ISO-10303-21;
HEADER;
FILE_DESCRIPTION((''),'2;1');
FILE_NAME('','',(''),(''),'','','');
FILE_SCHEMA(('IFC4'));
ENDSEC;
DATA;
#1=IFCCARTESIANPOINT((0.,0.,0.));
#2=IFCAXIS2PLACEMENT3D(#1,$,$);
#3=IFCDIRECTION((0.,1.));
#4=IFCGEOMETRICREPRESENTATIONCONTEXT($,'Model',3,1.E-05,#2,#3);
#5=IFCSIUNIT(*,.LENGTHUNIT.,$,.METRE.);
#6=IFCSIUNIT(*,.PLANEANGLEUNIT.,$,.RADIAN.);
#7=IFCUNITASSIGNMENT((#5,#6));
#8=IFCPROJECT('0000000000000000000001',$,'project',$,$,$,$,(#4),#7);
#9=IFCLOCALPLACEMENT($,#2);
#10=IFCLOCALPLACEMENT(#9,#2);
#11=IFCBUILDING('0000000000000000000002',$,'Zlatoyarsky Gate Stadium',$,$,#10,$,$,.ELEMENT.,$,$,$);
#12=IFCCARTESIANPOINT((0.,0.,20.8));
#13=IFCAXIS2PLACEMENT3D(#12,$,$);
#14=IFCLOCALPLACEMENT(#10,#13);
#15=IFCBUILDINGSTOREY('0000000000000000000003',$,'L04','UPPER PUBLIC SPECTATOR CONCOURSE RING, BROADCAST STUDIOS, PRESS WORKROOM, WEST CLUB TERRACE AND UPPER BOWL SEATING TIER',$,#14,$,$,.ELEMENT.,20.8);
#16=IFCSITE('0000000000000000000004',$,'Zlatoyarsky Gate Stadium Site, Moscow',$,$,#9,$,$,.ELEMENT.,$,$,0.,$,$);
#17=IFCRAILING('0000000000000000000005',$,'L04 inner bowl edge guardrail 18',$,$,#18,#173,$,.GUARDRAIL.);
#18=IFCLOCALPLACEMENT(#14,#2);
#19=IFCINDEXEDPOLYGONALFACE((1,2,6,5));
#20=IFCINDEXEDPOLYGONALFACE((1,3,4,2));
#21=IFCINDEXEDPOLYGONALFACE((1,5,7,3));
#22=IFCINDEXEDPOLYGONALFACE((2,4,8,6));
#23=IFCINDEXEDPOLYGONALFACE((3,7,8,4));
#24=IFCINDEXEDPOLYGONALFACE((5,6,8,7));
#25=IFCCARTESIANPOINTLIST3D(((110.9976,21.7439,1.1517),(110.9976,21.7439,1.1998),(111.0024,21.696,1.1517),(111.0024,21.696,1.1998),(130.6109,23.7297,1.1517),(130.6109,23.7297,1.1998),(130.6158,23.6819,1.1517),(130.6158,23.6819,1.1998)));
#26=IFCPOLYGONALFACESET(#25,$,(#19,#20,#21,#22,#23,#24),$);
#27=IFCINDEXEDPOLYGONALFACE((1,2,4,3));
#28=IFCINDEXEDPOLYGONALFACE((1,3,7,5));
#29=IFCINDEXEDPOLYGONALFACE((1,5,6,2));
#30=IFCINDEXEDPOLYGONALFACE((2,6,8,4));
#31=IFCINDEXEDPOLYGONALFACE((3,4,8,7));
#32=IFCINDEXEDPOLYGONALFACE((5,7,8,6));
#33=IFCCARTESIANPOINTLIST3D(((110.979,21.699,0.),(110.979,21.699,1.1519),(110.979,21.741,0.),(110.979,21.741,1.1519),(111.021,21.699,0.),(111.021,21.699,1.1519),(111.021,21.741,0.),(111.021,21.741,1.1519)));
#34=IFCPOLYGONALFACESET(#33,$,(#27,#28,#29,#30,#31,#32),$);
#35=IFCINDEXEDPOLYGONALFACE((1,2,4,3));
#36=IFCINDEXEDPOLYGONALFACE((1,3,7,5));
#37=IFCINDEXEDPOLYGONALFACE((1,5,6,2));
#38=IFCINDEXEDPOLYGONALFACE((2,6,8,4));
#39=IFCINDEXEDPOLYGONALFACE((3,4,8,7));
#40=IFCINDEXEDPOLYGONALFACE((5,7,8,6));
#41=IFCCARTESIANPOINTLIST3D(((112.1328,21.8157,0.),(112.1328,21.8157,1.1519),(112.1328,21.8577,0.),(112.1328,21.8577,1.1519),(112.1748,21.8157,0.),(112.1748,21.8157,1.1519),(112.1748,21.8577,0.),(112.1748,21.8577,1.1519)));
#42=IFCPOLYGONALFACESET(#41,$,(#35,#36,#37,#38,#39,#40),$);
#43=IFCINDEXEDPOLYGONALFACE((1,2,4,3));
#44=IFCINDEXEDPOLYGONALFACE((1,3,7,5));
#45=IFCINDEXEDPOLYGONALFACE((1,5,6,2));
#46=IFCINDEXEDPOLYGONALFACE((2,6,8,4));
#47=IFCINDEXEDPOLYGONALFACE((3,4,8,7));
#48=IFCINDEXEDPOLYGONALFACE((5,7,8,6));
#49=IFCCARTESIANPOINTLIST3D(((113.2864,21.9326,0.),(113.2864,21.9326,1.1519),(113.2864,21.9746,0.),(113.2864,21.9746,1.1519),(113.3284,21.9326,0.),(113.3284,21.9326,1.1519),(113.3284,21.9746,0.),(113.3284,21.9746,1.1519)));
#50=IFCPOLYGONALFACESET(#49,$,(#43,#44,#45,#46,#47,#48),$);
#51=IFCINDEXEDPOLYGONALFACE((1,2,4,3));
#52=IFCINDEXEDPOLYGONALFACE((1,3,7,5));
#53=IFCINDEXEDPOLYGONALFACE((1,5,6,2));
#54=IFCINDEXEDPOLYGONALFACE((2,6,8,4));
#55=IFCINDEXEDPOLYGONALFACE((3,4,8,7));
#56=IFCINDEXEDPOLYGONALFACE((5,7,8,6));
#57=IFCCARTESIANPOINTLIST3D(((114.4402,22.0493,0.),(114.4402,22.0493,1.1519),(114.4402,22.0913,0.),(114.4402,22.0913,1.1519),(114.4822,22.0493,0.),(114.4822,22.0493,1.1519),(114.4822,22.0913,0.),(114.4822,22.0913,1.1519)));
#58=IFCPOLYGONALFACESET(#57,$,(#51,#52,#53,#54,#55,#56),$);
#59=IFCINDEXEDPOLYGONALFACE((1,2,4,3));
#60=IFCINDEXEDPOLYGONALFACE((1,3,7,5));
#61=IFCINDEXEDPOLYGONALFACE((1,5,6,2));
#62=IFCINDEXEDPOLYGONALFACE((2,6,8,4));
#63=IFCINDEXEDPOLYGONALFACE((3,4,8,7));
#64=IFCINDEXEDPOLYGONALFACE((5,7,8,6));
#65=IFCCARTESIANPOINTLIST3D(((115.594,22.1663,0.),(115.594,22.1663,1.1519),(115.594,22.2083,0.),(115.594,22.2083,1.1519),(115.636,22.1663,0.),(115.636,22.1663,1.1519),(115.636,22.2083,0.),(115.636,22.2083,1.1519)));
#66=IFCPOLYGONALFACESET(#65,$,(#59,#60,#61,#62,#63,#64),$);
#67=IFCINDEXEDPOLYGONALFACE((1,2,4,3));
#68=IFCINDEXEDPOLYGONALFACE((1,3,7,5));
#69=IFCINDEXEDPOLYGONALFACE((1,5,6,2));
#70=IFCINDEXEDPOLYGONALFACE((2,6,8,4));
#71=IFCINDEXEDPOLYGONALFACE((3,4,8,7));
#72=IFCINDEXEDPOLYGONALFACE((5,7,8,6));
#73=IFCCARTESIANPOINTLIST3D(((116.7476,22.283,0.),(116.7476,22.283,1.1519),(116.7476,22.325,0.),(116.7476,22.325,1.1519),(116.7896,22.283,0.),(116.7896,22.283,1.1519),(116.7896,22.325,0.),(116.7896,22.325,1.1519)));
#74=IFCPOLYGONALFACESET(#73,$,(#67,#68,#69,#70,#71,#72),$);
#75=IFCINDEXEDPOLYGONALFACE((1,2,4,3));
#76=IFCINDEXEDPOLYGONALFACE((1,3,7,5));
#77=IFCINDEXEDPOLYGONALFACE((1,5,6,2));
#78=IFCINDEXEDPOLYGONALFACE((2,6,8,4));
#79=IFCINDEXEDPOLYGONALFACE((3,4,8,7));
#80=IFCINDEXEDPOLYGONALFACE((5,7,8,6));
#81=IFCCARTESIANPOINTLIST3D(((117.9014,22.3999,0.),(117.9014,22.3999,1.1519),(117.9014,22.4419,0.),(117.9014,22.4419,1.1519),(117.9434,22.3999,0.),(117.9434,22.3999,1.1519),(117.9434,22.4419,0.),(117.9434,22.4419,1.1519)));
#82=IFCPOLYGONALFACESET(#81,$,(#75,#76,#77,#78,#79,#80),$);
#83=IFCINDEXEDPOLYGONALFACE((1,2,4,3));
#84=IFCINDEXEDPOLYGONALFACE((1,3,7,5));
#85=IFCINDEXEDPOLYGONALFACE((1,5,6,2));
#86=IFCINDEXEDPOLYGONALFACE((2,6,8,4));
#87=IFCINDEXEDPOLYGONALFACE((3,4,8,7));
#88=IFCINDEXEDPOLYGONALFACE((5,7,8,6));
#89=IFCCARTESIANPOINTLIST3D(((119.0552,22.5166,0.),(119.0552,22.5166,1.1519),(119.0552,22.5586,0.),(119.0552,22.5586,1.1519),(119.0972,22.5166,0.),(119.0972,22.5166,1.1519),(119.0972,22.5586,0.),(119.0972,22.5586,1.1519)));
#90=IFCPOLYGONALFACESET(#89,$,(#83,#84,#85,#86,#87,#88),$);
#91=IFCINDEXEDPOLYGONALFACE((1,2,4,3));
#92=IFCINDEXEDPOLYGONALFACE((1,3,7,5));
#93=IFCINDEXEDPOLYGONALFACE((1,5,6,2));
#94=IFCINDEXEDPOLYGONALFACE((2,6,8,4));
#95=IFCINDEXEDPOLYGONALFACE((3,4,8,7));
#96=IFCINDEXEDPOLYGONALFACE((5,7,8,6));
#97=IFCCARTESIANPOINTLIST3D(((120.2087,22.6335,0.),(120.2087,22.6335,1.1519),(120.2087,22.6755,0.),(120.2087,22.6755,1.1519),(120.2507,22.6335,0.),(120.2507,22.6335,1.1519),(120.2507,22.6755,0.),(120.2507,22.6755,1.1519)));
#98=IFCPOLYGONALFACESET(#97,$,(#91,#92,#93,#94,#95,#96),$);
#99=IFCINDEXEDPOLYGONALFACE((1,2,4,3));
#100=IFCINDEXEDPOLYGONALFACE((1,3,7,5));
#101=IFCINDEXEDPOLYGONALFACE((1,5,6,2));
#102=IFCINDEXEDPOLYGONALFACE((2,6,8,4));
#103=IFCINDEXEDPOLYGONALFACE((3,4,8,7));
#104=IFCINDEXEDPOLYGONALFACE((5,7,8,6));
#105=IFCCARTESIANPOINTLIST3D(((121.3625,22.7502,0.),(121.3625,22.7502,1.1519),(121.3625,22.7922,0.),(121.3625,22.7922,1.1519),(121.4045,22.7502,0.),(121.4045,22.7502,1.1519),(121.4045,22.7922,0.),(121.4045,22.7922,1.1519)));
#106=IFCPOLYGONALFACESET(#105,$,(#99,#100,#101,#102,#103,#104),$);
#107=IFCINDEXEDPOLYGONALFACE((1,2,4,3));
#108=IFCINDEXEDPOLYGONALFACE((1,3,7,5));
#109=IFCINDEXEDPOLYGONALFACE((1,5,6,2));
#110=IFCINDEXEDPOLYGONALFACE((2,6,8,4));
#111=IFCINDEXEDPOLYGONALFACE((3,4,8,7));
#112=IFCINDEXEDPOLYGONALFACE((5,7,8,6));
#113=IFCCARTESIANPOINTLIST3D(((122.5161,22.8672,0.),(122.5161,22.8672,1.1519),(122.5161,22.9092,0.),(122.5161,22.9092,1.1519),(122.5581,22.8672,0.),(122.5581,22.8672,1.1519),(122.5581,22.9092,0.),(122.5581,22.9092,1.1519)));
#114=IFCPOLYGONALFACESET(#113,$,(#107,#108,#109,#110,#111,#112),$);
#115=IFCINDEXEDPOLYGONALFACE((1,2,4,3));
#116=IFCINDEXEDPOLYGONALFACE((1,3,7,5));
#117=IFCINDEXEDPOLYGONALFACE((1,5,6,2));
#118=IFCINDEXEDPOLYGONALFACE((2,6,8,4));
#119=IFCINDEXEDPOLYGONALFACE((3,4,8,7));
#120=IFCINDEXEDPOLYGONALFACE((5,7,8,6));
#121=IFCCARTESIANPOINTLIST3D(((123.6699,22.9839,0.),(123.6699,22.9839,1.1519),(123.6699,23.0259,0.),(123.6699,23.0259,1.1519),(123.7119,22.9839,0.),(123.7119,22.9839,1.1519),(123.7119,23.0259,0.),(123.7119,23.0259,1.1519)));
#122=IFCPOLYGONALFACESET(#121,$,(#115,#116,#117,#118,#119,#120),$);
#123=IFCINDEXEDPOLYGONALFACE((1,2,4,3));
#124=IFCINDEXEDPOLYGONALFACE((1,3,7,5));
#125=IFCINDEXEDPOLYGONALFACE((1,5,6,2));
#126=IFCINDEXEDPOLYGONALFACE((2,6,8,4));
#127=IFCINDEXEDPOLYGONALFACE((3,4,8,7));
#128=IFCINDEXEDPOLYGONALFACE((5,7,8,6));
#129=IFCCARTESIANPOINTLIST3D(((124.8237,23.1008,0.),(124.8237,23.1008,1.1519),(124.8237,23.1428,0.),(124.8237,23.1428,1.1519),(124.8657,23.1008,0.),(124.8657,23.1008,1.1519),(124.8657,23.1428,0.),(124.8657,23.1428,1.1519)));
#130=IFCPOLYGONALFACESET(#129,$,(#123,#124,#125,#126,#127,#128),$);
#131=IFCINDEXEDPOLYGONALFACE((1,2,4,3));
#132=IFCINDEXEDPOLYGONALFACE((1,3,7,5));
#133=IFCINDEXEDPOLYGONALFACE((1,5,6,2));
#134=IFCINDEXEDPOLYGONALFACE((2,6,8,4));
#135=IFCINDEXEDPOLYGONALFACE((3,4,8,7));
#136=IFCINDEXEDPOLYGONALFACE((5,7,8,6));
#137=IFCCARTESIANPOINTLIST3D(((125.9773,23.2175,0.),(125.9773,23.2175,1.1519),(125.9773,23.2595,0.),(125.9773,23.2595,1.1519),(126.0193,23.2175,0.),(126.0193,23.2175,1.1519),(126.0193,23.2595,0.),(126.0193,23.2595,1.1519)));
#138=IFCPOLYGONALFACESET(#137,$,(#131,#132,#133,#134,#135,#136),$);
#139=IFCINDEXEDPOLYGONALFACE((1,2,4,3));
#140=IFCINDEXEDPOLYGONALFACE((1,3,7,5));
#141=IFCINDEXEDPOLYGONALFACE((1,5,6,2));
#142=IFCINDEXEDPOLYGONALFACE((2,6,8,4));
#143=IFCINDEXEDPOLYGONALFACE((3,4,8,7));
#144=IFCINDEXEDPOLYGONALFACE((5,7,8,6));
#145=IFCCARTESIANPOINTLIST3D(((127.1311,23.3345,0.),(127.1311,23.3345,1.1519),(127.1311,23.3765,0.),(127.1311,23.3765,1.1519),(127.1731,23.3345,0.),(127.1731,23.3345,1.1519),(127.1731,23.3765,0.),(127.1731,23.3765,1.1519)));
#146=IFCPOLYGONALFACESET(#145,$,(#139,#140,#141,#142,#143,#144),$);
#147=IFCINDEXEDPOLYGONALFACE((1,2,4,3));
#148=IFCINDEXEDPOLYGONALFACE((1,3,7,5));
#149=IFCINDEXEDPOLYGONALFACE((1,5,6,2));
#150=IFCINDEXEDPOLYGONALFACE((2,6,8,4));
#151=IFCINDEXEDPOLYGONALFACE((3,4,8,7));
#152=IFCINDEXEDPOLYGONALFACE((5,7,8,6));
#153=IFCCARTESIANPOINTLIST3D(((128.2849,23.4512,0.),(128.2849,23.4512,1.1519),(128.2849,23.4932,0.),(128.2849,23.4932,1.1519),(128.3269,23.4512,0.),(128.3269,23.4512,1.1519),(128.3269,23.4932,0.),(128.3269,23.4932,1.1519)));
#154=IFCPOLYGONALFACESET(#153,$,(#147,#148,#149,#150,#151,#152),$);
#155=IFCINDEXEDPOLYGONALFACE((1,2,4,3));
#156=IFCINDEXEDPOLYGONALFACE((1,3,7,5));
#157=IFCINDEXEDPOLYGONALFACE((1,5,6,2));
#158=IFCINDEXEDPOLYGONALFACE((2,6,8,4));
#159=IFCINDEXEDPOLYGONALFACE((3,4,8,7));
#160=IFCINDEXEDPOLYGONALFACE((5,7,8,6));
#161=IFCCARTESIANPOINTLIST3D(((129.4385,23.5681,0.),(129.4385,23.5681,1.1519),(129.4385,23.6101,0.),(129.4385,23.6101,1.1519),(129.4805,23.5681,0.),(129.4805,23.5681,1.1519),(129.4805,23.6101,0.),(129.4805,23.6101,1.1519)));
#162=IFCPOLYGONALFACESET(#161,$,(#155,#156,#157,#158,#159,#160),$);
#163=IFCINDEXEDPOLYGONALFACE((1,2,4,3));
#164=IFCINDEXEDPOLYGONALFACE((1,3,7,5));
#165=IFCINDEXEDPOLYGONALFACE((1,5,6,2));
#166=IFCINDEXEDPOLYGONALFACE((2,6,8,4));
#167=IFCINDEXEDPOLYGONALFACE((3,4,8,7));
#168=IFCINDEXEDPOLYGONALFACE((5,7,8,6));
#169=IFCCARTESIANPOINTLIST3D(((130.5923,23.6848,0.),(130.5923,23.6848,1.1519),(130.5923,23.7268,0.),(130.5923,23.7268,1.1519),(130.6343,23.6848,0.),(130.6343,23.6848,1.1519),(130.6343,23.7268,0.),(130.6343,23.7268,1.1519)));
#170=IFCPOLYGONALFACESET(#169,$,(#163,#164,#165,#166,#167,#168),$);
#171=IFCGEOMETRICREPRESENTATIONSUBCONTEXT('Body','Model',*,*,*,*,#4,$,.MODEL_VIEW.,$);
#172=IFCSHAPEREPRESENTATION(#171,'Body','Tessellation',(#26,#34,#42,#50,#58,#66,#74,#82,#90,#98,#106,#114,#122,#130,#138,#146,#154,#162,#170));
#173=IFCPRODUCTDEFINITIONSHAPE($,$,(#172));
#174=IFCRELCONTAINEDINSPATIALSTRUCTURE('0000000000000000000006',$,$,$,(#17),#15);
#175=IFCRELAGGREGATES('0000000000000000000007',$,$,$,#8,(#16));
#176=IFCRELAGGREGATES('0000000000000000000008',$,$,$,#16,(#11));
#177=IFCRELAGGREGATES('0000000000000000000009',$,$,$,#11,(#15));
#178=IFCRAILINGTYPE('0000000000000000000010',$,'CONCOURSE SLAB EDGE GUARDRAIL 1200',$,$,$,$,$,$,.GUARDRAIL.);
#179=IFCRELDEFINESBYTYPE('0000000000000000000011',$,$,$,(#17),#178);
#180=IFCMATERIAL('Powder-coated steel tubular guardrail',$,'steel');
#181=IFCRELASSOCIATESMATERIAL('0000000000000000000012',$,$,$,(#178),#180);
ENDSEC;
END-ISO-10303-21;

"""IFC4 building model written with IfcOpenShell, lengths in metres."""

from ifc_helpers import new_model, si_unit, direction, frame, origin, origin_2d, place, context, subcontext, project, spatial, rectangle, extrude, material, type_object, element, save


model = new_model("IFC4")

# Units and contexts
model_context = context("Model", 3, precision=1e-05, world=origin(), true_north=direction((0.0, 1.0)))
body_context = subcontext(model_context, "Body", "Model", "MODEL_VIEW")
ifc_project = project(units=[si_unit("LENGTHUNIT", "METRE"), si_unit("PLANEANGLEUNIT", "RADIAN")], contexts=[model_context])

# Site, building, storey
site_placement = place(None, origin())
site = spatial("IfcSite", under=ifc_project, at=site_placement, Name="Zlatoyarsky Gate Stadium Site, Moscow", CompositionType="ELEMENT", RefElevation=0.0)
building_placement = place(site_placement, origin())
building = spatial("IfcBuilding", under=site, at=building_placement, Name="Zlatoyarsky Gate Stadium", CompositionType="ELEMENT")
storey_placement = place(building_placement, frame((0.0, 0.0, 20.8)))
storey = spatial("IfcBuildingStorey", under=building, at=storey_placement, Name="L04", Description="UPPER PUBLIC SPECTATOR CONCOURSE RING, BROADCAST STUDIOS, PRESS WORKROOM, WEST CLUB TERRACE AND UPPER BOWL SEATING TIER", CompositionType="ELEMENT", Elevation=20.8)

# Railing
ifc_material_1 = material(Name="Powder-coated steel tubular guardrail", Category="steel")
railing_type_1 = type_object("IfcRailingType", Name="CONCOURSE SLAB EDGE GUARDRAIL 1200", PredefinedType="GUARDRAIL", material=ifc_material_1)
railing_1_placement = place(storey_placement, frame((111.0, 21.72, 0.0)))
element("IfcRailing", 1, at=railing_1_placement, inside=storey, type_object=railing_type_1, Name="L04 inner bowl edge guardrail 18", PredefinedType="GUARDRAIL", context=body_context, shape_type="SweptSolid", body=[
    extrude(rectangle(XDim=0.0481, YDim=0.0481, at=origin_2d()), frame((0.0, 0.0, 1.1758), z_axis=(0.994913, 0.100735, 0.0), x_axis=(-0.100735, 0.994913, 0.0)), (0.0, 0.0, 1.0), 19.7136),
    extrude(rectangle(XDim=0.042, YDim=0.042, at=origin_2d()), origin(), (0.0, 0.0, 1.0), 1.1519),
    extrude(rectangle(XDim=0.042, YDim=0.042, at=origin_2d()), frame((1.1538, 0.1167, 0.0)), (0.0, 0.0, 1.0), 1.1519),
    extrude(rectangle(XDim=0.042, YDim=0.042, at=origin_2d()), frame((2.3074, 0.2336, 0.0)), (0.0, 0.0, 1.0), 1.1519),
    extrude(rectangle(XDim=0.042, YDim=0.042, at=origin_2d()), frame((3.4612, 0.3503, 0.0)), (0.0, 0.0, 1.0), 1.1519),
    extrude(rectangle(XDim=0.042, YDim=0.042, at=origin_2d()), frame((4.615, 0.4673, 0.0)), (0.0, 0.0, 1.0), 1.1519),
    extrude(rectangle(XDim=0.042, YDim=0.042, at=origin_2d()), frame((5.7686, 0.584, 0.0)), (0.0, 0.0, 1.0), 1.1519),
    extrude(rectangle(XDim=0.042, YDim=0.042, at=origin_2d()), frame((6.9224, 0.7009, 0.0)), (0.0, 0.0, 1.0), 1.1519),
    extrude(rectangle(XDim=0.042, YDim=0.042, at=origin_2d()), frame((8.0762, 0.8176, 0.0)), (0.0, 0.0, 1.0), 1.1519),
    extrude(rectangle(XDim=0.042, YDim=0.042, at=origin_2d()), frame((9.2297, 0.9346, 0.0)), (0.0, 0.0, 1.0), 1.1519),
    extrude(rectangle(XDim=0.042, YDim=0.042, at=origin_2d()), frame((10.3835, 1.0513, 0.0)), (0.0, 0.0, 1.0), 1.1519),
    extrude(rectangle(XDim=0.042, YDim=0.042, at=origin_2d()), frame((11.5371, 1.1682, 0.0)), (0.0, 0.0, 1.0), 1.1519),
    extrude(rectangle(XDim=0.042, YDim=0.042, at=origin_2d()), frame((12.6909, 1.2849, 0.0)), (0.0, 0.0, 1.0), 1.1519),
    extrude(rectangle(XDim=0.042, YDim=0.042, at=origin_2d()), frame((13.8447, 1.4019, 0.0)), (0.0, 0.0, 1.0), 1.1519),
    extrude(rectangle(XDim=0.042, YDim=0.042, at=origin_2d()), frame((14.9983, 1.5186, 0.0)), (0.0, 0.0, 1.0), 1.1519),
    extrude(rectangle(XDim=0.042, YDim=0.042, at=origin_2d()), frame((16.1521, 1.6355, 0.0)), (0.0, 0.0, 1.0), 1.1519),
    extrude(rectangle(XDim=0.042, YDim=0.042, at=origin_2d()), frame((17.3059, 1.7522, 0.0)), (0.0, 0.0, 1.0), 1.1519),
    extrude(rectangle(XDim=0.042, YDim=0.042, at=origin_2d()), frame((18.4595, 1.8691, 0.0)), (0.0, 0.0, 1.0), 1.1519),
    extrude(rectangle(XDim=0.042, YDim=0.042, at=origin_2d()), frame((19.6133, 1.9858, 0.0)), (0.0, 0.0, 1.0), 1.1519),
])

save(model, "model.ifc")
